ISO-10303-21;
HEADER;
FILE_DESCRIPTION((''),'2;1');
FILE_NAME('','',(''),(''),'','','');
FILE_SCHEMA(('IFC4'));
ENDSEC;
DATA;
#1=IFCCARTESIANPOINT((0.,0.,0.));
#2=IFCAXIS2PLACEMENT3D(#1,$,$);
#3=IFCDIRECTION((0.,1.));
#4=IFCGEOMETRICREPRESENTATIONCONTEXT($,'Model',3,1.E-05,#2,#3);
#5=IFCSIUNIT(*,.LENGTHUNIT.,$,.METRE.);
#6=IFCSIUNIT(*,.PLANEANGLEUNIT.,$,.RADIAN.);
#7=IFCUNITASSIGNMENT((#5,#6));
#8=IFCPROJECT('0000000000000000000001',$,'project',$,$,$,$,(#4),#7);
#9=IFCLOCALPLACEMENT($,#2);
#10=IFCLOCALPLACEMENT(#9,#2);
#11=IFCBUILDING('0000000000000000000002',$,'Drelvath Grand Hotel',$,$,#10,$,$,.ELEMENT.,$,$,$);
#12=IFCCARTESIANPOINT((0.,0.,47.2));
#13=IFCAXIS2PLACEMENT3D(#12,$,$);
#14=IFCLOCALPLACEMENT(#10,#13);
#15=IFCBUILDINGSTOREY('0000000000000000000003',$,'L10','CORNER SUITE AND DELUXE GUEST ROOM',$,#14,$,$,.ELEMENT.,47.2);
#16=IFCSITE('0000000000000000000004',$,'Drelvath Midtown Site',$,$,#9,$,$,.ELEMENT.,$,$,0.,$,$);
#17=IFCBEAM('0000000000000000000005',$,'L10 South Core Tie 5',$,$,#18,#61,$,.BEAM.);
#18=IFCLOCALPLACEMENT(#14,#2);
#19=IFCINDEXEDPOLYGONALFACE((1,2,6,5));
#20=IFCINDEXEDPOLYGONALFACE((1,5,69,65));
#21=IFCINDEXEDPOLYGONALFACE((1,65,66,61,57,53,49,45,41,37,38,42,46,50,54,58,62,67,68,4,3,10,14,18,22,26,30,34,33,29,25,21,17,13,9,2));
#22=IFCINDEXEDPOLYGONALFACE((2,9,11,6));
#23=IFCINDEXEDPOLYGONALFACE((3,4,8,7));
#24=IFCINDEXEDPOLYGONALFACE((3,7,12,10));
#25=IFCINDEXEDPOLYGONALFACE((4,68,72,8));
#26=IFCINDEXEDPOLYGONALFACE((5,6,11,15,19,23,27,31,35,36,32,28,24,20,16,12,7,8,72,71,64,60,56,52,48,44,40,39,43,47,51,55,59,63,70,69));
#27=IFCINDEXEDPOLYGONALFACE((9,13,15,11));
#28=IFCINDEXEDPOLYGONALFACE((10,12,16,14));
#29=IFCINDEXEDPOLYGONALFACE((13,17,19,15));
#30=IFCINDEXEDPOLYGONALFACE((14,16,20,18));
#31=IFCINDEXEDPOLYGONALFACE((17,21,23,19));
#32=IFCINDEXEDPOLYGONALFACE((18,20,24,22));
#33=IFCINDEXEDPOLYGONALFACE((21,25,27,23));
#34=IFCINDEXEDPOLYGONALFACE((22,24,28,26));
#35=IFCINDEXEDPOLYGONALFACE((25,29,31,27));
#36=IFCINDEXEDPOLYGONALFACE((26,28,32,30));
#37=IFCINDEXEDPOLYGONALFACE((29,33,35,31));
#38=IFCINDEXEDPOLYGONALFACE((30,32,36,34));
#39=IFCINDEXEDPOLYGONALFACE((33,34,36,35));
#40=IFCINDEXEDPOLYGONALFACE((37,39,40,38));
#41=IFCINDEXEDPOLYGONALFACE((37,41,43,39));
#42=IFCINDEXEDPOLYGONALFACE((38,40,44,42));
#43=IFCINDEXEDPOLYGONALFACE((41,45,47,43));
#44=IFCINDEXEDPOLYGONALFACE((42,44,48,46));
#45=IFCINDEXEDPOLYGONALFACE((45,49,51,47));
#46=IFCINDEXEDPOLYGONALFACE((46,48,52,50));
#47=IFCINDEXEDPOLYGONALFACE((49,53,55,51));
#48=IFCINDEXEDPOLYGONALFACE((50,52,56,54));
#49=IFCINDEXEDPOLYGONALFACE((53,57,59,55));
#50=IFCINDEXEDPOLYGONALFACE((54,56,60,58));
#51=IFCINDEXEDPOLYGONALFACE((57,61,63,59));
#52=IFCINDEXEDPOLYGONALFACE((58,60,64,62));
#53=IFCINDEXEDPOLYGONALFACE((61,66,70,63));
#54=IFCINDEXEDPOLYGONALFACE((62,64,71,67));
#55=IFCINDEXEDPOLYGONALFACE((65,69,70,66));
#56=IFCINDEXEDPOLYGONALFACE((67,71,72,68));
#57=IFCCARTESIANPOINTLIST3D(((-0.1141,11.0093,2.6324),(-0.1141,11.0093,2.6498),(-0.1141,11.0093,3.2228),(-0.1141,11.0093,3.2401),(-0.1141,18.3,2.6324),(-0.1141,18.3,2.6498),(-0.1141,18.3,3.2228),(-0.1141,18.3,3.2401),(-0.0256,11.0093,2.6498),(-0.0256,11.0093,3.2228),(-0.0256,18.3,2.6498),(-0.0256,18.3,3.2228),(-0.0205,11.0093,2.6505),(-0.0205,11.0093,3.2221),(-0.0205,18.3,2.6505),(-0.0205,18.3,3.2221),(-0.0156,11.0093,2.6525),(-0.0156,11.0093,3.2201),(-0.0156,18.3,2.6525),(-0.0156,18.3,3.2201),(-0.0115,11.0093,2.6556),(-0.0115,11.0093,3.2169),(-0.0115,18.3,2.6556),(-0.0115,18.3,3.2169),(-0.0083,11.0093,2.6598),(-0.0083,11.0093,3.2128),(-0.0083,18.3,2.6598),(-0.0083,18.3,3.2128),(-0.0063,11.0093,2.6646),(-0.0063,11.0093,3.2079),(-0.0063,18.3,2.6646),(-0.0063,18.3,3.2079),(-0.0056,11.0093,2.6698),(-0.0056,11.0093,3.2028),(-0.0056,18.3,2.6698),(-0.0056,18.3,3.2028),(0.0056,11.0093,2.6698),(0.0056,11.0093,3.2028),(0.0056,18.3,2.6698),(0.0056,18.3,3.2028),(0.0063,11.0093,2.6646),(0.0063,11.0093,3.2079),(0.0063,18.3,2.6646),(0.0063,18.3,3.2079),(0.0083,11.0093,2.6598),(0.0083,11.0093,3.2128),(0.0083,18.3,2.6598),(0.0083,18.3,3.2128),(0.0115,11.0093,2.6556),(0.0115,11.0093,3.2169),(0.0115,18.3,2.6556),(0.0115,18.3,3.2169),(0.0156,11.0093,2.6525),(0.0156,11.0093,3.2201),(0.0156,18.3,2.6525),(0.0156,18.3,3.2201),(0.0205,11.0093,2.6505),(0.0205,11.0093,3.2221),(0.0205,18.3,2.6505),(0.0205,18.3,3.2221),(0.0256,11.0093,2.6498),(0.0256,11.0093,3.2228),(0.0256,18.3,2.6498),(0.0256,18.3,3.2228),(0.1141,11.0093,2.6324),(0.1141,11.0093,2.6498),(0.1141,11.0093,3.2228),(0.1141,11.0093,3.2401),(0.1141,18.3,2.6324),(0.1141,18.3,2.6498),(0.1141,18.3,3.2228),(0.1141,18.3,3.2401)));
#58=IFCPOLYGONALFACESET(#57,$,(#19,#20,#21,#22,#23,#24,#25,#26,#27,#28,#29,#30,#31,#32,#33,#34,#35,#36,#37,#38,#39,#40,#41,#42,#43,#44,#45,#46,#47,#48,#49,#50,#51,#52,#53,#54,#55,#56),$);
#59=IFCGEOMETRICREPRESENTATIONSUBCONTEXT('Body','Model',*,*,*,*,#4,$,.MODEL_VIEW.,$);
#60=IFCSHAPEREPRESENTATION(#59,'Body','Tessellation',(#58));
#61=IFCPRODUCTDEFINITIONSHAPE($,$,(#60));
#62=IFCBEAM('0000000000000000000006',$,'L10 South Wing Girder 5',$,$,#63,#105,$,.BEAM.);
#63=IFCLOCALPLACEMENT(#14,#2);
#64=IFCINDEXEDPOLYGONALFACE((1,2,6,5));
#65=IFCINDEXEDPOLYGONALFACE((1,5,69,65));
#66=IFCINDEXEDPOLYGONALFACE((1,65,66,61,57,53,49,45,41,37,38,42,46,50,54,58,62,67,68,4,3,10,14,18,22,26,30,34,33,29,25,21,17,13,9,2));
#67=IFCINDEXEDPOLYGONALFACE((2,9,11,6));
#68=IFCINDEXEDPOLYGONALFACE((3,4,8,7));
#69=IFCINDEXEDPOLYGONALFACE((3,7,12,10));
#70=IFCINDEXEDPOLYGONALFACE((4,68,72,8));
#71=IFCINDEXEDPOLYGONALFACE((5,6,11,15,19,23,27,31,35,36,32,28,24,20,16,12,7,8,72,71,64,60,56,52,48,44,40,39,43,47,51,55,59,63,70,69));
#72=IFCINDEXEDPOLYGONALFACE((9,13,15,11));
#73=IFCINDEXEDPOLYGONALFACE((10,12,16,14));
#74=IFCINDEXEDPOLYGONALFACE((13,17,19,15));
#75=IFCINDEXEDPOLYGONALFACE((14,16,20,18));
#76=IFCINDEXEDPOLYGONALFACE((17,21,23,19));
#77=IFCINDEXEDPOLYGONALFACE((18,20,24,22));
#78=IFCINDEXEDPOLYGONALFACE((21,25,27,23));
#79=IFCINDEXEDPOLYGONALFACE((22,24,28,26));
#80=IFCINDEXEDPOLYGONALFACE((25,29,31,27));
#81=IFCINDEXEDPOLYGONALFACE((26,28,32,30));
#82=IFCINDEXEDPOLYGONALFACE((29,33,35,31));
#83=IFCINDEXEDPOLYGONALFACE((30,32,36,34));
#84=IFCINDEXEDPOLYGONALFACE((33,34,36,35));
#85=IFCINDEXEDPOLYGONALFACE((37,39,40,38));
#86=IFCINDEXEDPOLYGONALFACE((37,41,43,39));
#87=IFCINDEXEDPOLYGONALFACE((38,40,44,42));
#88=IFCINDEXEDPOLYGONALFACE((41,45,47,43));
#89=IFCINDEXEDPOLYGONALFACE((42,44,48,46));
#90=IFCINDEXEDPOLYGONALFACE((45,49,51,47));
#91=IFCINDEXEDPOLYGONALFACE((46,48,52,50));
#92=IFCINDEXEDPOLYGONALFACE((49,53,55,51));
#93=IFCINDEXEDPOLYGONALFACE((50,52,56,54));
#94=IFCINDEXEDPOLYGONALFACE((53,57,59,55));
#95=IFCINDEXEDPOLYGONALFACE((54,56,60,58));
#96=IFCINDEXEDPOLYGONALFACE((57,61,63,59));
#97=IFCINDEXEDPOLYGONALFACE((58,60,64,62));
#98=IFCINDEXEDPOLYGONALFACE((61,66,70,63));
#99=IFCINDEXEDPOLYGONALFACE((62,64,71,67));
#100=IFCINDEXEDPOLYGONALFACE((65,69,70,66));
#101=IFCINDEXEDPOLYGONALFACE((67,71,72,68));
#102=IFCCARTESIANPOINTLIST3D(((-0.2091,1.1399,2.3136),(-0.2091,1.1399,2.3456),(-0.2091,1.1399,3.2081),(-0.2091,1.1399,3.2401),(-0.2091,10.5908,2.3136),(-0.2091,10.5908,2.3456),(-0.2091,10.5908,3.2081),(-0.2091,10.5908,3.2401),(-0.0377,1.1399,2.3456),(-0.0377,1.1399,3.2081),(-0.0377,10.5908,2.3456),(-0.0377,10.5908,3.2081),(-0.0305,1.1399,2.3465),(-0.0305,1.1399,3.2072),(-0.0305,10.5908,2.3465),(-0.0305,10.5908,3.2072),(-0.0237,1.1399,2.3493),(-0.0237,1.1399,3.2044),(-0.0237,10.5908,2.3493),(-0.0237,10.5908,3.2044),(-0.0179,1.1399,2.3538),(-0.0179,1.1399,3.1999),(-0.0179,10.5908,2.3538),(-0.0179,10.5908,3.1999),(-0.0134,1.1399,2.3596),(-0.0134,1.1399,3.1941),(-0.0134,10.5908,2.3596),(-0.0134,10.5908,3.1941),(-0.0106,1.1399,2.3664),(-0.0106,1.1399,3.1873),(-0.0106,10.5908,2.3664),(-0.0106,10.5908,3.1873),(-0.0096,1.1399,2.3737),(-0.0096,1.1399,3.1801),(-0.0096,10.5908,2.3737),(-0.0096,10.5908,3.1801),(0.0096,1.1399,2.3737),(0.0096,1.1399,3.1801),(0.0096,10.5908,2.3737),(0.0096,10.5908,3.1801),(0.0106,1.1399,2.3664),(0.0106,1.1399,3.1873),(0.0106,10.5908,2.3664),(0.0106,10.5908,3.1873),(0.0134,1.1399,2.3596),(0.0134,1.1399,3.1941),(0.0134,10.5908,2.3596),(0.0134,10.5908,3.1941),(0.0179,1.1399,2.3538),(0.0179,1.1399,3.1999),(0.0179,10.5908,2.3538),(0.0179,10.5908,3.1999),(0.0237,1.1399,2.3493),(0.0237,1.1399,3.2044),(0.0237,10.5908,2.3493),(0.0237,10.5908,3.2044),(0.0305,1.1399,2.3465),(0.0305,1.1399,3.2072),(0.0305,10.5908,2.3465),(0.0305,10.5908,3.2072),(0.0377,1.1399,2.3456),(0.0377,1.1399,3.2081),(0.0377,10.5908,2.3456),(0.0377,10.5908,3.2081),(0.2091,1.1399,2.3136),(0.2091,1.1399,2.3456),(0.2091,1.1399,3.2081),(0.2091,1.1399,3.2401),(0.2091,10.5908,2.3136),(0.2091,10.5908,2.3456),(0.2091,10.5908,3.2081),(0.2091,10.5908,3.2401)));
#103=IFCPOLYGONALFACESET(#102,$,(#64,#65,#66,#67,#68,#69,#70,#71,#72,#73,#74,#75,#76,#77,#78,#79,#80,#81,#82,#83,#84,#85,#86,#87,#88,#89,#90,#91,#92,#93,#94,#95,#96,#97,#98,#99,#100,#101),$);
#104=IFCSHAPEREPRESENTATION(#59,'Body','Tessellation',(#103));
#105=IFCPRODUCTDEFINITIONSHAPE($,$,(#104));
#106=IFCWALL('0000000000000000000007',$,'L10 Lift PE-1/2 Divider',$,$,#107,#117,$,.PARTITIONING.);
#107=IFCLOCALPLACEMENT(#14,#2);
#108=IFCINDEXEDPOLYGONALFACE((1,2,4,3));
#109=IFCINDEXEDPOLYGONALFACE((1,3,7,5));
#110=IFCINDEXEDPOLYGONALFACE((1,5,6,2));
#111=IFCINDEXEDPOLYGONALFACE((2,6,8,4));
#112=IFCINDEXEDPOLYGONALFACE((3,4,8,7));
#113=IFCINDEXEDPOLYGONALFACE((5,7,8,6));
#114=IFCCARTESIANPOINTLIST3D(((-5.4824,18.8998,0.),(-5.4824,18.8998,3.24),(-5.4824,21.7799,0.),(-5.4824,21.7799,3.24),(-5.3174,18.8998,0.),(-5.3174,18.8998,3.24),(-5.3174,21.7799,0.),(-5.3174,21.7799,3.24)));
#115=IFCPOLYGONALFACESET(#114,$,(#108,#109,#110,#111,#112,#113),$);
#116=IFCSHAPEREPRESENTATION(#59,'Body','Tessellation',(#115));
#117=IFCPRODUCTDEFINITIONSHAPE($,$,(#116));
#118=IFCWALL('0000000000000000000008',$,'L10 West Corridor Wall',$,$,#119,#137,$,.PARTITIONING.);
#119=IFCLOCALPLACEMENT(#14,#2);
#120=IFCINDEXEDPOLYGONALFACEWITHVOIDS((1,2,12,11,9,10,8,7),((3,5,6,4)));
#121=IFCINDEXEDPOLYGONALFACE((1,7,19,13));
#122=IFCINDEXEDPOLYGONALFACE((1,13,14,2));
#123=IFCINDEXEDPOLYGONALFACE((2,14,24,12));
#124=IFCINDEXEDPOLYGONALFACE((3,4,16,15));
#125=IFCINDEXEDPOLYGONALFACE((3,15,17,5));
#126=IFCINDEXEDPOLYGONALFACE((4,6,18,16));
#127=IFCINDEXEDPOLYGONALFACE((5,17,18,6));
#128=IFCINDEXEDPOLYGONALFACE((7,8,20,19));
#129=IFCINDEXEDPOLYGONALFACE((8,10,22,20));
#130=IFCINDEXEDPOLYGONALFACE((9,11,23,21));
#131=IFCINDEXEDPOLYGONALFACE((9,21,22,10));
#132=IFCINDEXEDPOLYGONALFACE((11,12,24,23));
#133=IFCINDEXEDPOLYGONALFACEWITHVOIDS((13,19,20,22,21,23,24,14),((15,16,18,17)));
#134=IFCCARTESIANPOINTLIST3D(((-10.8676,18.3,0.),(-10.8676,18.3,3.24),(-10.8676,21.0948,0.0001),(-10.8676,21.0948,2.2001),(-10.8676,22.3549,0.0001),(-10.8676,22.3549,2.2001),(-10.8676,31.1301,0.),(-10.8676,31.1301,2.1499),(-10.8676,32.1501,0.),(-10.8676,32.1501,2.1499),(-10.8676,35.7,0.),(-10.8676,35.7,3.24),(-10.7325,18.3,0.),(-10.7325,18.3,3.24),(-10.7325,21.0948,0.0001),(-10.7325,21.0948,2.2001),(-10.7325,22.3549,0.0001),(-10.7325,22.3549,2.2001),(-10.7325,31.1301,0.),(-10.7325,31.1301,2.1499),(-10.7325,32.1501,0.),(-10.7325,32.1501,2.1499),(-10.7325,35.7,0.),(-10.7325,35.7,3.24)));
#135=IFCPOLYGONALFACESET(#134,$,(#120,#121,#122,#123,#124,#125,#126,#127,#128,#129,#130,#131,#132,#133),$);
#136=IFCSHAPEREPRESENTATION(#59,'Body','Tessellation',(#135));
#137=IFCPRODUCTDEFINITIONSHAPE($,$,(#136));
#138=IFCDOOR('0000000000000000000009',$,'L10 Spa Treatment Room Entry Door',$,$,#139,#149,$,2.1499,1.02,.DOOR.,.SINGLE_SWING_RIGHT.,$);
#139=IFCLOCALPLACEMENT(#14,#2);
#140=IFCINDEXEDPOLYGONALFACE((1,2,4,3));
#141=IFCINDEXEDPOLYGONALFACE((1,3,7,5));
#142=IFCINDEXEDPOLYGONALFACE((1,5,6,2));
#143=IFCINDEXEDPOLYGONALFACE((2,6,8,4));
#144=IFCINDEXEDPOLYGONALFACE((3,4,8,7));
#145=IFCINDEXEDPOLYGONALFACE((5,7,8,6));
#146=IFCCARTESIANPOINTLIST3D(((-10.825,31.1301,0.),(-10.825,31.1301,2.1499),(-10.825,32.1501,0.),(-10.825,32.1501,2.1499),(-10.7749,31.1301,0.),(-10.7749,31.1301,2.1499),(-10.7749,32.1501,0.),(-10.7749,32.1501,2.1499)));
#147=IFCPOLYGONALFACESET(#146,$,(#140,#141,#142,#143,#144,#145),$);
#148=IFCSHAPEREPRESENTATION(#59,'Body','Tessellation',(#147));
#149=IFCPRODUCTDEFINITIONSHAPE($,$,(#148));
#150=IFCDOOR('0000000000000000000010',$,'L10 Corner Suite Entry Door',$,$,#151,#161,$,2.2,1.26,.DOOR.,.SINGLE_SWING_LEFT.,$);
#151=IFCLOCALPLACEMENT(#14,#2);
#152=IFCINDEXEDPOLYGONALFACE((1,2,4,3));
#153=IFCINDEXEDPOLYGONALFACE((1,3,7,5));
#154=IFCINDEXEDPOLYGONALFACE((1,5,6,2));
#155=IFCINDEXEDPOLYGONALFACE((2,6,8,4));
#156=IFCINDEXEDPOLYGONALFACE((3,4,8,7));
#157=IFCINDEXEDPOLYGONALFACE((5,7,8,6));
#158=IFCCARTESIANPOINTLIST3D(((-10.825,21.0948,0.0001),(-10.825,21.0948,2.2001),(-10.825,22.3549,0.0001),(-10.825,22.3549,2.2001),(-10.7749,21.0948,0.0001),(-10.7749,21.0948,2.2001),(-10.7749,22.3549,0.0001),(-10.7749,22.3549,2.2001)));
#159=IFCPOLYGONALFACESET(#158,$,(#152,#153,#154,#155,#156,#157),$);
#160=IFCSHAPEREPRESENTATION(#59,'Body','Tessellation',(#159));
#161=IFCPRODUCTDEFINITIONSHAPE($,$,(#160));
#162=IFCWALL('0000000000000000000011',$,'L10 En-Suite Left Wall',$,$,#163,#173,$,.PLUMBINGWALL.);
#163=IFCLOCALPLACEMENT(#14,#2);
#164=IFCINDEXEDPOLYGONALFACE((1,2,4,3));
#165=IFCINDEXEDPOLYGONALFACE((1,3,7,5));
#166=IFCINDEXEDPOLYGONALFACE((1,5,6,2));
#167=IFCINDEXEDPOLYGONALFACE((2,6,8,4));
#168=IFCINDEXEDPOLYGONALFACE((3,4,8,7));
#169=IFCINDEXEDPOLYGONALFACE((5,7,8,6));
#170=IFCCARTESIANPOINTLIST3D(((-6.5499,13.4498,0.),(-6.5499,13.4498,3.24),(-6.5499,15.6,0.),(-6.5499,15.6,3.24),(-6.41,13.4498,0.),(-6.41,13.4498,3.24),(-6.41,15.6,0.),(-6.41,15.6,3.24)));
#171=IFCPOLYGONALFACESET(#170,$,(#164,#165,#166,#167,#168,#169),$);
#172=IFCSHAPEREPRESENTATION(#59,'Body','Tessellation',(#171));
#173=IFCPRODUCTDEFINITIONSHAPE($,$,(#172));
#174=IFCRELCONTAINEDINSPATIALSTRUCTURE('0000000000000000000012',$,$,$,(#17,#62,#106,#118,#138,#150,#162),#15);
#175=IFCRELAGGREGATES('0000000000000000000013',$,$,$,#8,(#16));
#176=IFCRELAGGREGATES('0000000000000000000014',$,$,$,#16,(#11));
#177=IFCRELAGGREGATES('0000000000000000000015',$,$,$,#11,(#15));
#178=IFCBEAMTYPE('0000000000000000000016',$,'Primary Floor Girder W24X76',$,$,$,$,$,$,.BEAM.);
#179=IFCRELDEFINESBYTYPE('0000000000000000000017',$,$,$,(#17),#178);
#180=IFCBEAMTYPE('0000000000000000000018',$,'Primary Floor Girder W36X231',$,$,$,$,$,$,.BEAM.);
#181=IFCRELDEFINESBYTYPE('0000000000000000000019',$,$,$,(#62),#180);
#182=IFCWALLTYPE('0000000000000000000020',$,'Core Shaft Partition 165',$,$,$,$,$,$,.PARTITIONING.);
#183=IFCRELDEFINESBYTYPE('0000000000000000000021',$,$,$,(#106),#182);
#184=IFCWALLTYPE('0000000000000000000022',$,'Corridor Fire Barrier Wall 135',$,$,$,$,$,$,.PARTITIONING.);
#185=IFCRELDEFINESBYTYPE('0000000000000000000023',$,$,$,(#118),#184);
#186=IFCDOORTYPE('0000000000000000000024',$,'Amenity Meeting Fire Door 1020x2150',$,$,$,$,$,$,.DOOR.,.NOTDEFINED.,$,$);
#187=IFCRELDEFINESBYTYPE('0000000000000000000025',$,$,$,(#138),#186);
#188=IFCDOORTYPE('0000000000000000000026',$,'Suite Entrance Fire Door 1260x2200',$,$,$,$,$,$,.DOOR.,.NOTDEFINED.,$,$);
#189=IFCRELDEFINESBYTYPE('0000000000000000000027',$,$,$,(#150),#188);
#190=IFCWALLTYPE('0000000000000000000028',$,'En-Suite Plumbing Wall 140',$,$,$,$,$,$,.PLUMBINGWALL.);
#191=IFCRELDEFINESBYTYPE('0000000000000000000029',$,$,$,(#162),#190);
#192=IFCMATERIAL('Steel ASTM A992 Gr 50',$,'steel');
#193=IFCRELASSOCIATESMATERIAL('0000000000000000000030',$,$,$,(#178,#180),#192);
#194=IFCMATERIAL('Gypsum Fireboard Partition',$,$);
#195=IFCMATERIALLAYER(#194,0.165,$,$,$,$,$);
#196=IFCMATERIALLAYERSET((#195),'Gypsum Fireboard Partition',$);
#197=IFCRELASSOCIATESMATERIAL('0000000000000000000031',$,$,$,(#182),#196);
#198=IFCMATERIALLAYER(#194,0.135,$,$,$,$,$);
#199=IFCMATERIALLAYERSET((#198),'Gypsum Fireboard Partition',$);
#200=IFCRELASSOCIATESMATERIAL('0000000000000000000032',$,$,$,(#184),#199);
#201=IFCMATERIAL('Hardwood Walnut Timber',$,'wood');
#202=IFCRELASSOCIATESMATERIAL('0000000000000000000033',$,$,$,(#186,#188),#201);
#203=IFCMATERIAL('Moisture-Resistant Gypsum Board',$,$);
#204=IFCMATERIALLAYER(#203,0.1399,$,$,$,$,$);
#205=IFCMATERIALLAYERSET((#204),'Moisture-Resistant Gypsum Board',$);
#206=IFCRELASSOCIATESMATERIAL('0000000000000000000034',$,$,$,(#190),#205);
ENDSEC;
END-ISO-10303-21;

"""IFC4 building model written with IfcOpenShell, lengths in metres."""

from ifc_helpers import new_model, si_unit, direction, frame, frame_2d, origin, origin_2d, place, context, subcontext, project, spatial, rectangle, i_section, extrude, material, layer, layer_set, material_profile, profile_set, type_object, element, fill, save


model = new_model("IFC4")

# Units and contexts
model_context = context("Model", 3, precision=1e-05, world=origin(), true_north=direction((0.0, 1.0)))
body_context = subcontext(model_context, "Body", "Model", "MODEL_VIEW")
ifc_project = project(units=[si_unit("LENGTHUNIT", "METRE"), si_unit("PLANEANGLEUNIT", "RADIAN")], contexts=[model_context])

# Site, building, storey
site_placement = place(None, origin())
site = spatial("IfcSite", under=ifc_project, at=site_placement, Name="Drelvath Midtown Site", CompositionType="ELEMENT", RefElevation=0.0)
building_placement = place(site_placement, origin())
building = spatial("IfcBuilding", under=site, at=building_placement, Name="Drelvath Grand Hotel", CompositionType="ELEMENT")
storey_placement = place(building_placement, frame((0.0, 0.0, 47.2)))
storey = spatial("IfcBuildingStorey", under=building, at=storey_placement, Name="L10", Description="CORNER SUITE AND DELUXE GUEST ROOM", CompositionType="ELEMENT", Elevation=47.2)

# Beams
ifc_material_1 = material(Name="Steel ASTM A992 Gr 50", Category="steel")
ifc_material_profile_1 = material_profile(ifc_material_1, i_section(OverallWidth=0.2283, OverallDepth=0.6077, WebThickness=0.0112, FlangeThickness=0.0173, FilletRadius=0.02, at=origin_2d()), Name="W24X76")
ifc_profile_set_1 = profile_set([ifc_material_profile_1], Name="Steel ASTM A992 Gr 50")
beam_type_1 = type_object("IfcBeamType", Name="Primary Floor Girder W24X76", PredefinedType="BEAM", material=ifc_profile_set_1)
for number, where, z_axis, x_axis, name in (
    (1, (0.0, 11.0093, 2.9363), (0.0, 1.0, 0.0), (-1.0, 0.0, 0.0), "L10 South Core Tie 5"),
):
    element("IfcBeam", number, at=place(storey_placement, frame(where, z_axis=z_axis, x_axis=x_axis)), inside=storey, type_object=beam_type_1, Name=name, PredefinedType="BEAM", context=body_context, shape_type="SweptSolid", body=[
        extrude(i_section(OverallWidth=0.2283, OverallDepth=0.6077, WebThickness=0.0112, FlangeThickness=0.0173, FilletRadius=0.02, at=origin_2d()), origin(), (0.0, 0.0, 1.0), 7.2908),
    ])
ifc_material_profile_2 = material_profile(ifc_material_1, i_section(OverallWidth=0.4182, OverallDepth=0.9265, WebThickness=0.0193, FlangeThickness=0.032, FilletRadius=0.0281, at=origin_2d()), Name="W36X231")
ifc_profile_set_2 = profile_set([ifc_material_profile_2], Name="Steel ASTM A992 Gr 50")
beam_type_2 = type_object("IfcBeamType", Name="Primary Floor Girder W36X231", PredefinedType="BEAM", material=ifc_profile_set_2)
beam_1_placement = place(storey_placement, frame((0.0, 1.1399, 2.7769), z_axis=(0.0, 1.0, 0.0), x_axis=(-1.0, 0.0, 0.0)))
element("IfcBeam", 2, at=beam_1_placement, inside=storey, type_object=beam_type_2, Name="L10 South Wing Girder 5", PredefinedType="BEAM", context=body_context, shape_type="SweptSolid", body=[
    extrude(i_section(OverallWidth=0.4182, OverallDepth=0.9265, WebThickness=0.0193, FlangeThickness=0.032, FilletRadius=0.0281, at=origin_2d()), origin(), (0.0, 0.0, 1.0), 9.4509),
])

# Wall
ifc_material_2 = material(Name="Gypsum Fireboard Partition")
ifc_layer_1 = layer(ifc_material_2, 0.165)
ifc_layer_set_1 = layer_set([ifc_layer_1], Name="Gypsum Fireboard Partition")
wall_type_1 = type_object("IfcWallType", Name="Core Shaft Partition 165", PredefinedType="PARTITIONING", material=ifc_layer_set_1)
wall_1_placement = place(storey_placement, frame((-5.3999, 18.8999, 0.0), z_axis=(0.0, 0.0, 1.0), x_axis=(0.0, 1.0, 0.0)))
element("IfcWall", 3, at=wall_1_placement, inside=storey, type_object=wall_type_1, Name="L10 Lift PE-1/2 Divider", PredefinedType="PARTITIONING", context=body_context, shape_type="SweptSolid", body=[
    extrude(rectangle(XDim=2.8801, YDim=0.165, at=frame_2d((1.4399, 0.0))), origin(), (0.0, 0.0, 1.0), 3.24),
])

# Wall, openings, doors
ifc_layer_2 = layer(ifc_material_2, 0.135)
ifc_layer_set_2 = layer_set([ifc_layer_2], Name="Gypsum Fireboard Partition")
wall_type_2 = type_object("IfcWallType", Name="Corridor Fire Barrier Wall 135", PredefinedType="PARTITIONING", material=ifc_layer_set_2)
wall_2_placement = place(storey_placement, frame((-10.8, 18.3, 0.0), z_axis=(0.0, 0.0, 1.0), x_axis=(0.0, 1.0, 0.0)))
wall_2 = element("IfcWall", 4, at=wall_2_placement, inside=storey, type_object=wall_type_2, Name="L10 West Corridor Wall", PredefinedType="PARTITIONING", context=body_context, shape_type="SweptSolid", body=[
    extrude(rectangle(XDim=17.3999, YDim=0.135, at=frame_2d((8.7, 0.0))), origin(), (0.0, 0.0, 1.0), 3.24),
])
opening_1_placement = place(wall_2_placement, frame((2.7949, 0.0, 0.0)))
opening_1 = element("IfcOpeningElement", 5, at=opening_1_placement, cuts=wall_2, PredefinedType="OPENING", context=body_context, shape_type="SweptSolid", body=[
    extrude(rectangle(XDim=1.26, YDim=2.2, at=frame_2d((0.6299, 1.1001))), frame((0.0, 0.0774, 0.0), z_axis=(0.0, -1.0, 0.0), x_axis=(1.0, 0.0, 0.0)), (0.0, 0.0, 1.0), 0.155),
])
opening_2_placement = place(wall_2_placement, frame((12.8301, 0.0, 0.0)))
opening_2 = element("IfcOpeningElement", 6, at=opening_2_placement, cuts=wall_2, PredefinedType="OPENING", context=body_context, shape_type="SweptSolid", body=[
    extrude(rectangle(XDim=1.02, YDim=2.1499, at=frame_2d((0.51, 1.075))), frame((0.0, 0.0774, 0.0), z_axis=(0.0, -1.0, 0.0), x_axis=(1.0, 0.0, 0.0)), (0.0, 0.0, 1.0), 0.155),
])
ifc_material_3 = material(Name="Hardwood Walnut Timber", Category="wood")
door_type_1 = type_object("IfcDoorType", Name="Amenity Meeting Fire Door 1020x2150", OperationType="NOTDEFINED", PredefinedType="DOOR", material=ifc_material_3)
door_1_placement = place(opening_2_placement, origin())
door_1 = element("IfcDoor", 7, at=door_1_placement, inside=storey, type_object=door_type_1, Name="L10 Spa Treatment Room Entry Door", OperationType="SINGLE_SWING_RIGHT", OverallHeight=2.1499, OverallWidth=1.02, PredefinedType="DOOR", context=body_context, shape_type="SweptSolid", body=[
    extrude(rectangle(XDim=1.02, YDim=2.1499, at=frame_2d((0.51, 1.075))), frame((0.0, 0.0249, 0.0), z_axis=(0.0, -1.0, 0.0), x_axis=(1.0, 0.0, 0.0)), (0.0, 0.0, 1.0), 0.05),
])
fill(opening_2, door_1)
door_type_2 = type_object("IfcDoorType", Name="Suite Entrance Fire Door 1260x2200", OperationType="NOTDEFINED", PredefinedType="DOOR", material=ifc_material_3)
door_2_placement = place(opening_1_placement, origin())
door_2 = element("IfcDoor", 8, at=door_2_placement, inside=storey, type_object=door_type_2, Name="L10 Corner Suite Entry Door", OperationType="SINGLE_SWING_LEFT", OverallHeight=2.2, OverallWidth=1.26, PredefinedType="DOOR", context=body_context, shape_type="SweptSolid", body=[
    extrude(rectangle(XDim=1.26, YDim=2.2, at=frame_2d((0.6299, 1.1001))), frame((0.0, 0.0249, 0.0), z_axis=(0.0, -1.0, 0.0), x_axis=(1.0, 0.0, 0.0)), (0.0, 0.0, 1.0), 0.05),
])
fill(opening_1, door_2)

# Wall
ifc_material_4 = material(Name="Moisture-Resistant Gypsum Board")
ifc_layer_3 = layer(ifc_material_4, 0.1399)
ifc_layer_set_3 = layer_set([ifc_layer_3], Name="Moisture-Resistant Gypsum Board")
wall_type_3 = type_object("IfcWallType", Name="En-Suite Plumbing Wall 140", PredefinedType="PLUMBINGWALL", material=ifc_layer_set_3)
for number, where, z_axis, x_axis, name in (
    (9, (-6.48, 15.6001, 0.0), (0.0, 0.0, 1.0), (0.0, -1.0, 0.0), "L10 En-Suite Left Wall"),
):
    element("IfcWall", number, at=place(storey_placement, frame(where, z_axis=z_axis, x_axis=x_axis)), inside=storey, type_object=wall_type_3, Name=name, PredefinedType="PLUMBINGWALL", context=body_context, shape_type="SweptSolid", body=[
        extrude(rectangle(XDim=2.1501, YDim=0.1399, at=frame_2d((1.0752, 0.0))), origin(), (0.0, 0.0, 1.0), 3.24),
    ])

save(model, "model.ifc")
